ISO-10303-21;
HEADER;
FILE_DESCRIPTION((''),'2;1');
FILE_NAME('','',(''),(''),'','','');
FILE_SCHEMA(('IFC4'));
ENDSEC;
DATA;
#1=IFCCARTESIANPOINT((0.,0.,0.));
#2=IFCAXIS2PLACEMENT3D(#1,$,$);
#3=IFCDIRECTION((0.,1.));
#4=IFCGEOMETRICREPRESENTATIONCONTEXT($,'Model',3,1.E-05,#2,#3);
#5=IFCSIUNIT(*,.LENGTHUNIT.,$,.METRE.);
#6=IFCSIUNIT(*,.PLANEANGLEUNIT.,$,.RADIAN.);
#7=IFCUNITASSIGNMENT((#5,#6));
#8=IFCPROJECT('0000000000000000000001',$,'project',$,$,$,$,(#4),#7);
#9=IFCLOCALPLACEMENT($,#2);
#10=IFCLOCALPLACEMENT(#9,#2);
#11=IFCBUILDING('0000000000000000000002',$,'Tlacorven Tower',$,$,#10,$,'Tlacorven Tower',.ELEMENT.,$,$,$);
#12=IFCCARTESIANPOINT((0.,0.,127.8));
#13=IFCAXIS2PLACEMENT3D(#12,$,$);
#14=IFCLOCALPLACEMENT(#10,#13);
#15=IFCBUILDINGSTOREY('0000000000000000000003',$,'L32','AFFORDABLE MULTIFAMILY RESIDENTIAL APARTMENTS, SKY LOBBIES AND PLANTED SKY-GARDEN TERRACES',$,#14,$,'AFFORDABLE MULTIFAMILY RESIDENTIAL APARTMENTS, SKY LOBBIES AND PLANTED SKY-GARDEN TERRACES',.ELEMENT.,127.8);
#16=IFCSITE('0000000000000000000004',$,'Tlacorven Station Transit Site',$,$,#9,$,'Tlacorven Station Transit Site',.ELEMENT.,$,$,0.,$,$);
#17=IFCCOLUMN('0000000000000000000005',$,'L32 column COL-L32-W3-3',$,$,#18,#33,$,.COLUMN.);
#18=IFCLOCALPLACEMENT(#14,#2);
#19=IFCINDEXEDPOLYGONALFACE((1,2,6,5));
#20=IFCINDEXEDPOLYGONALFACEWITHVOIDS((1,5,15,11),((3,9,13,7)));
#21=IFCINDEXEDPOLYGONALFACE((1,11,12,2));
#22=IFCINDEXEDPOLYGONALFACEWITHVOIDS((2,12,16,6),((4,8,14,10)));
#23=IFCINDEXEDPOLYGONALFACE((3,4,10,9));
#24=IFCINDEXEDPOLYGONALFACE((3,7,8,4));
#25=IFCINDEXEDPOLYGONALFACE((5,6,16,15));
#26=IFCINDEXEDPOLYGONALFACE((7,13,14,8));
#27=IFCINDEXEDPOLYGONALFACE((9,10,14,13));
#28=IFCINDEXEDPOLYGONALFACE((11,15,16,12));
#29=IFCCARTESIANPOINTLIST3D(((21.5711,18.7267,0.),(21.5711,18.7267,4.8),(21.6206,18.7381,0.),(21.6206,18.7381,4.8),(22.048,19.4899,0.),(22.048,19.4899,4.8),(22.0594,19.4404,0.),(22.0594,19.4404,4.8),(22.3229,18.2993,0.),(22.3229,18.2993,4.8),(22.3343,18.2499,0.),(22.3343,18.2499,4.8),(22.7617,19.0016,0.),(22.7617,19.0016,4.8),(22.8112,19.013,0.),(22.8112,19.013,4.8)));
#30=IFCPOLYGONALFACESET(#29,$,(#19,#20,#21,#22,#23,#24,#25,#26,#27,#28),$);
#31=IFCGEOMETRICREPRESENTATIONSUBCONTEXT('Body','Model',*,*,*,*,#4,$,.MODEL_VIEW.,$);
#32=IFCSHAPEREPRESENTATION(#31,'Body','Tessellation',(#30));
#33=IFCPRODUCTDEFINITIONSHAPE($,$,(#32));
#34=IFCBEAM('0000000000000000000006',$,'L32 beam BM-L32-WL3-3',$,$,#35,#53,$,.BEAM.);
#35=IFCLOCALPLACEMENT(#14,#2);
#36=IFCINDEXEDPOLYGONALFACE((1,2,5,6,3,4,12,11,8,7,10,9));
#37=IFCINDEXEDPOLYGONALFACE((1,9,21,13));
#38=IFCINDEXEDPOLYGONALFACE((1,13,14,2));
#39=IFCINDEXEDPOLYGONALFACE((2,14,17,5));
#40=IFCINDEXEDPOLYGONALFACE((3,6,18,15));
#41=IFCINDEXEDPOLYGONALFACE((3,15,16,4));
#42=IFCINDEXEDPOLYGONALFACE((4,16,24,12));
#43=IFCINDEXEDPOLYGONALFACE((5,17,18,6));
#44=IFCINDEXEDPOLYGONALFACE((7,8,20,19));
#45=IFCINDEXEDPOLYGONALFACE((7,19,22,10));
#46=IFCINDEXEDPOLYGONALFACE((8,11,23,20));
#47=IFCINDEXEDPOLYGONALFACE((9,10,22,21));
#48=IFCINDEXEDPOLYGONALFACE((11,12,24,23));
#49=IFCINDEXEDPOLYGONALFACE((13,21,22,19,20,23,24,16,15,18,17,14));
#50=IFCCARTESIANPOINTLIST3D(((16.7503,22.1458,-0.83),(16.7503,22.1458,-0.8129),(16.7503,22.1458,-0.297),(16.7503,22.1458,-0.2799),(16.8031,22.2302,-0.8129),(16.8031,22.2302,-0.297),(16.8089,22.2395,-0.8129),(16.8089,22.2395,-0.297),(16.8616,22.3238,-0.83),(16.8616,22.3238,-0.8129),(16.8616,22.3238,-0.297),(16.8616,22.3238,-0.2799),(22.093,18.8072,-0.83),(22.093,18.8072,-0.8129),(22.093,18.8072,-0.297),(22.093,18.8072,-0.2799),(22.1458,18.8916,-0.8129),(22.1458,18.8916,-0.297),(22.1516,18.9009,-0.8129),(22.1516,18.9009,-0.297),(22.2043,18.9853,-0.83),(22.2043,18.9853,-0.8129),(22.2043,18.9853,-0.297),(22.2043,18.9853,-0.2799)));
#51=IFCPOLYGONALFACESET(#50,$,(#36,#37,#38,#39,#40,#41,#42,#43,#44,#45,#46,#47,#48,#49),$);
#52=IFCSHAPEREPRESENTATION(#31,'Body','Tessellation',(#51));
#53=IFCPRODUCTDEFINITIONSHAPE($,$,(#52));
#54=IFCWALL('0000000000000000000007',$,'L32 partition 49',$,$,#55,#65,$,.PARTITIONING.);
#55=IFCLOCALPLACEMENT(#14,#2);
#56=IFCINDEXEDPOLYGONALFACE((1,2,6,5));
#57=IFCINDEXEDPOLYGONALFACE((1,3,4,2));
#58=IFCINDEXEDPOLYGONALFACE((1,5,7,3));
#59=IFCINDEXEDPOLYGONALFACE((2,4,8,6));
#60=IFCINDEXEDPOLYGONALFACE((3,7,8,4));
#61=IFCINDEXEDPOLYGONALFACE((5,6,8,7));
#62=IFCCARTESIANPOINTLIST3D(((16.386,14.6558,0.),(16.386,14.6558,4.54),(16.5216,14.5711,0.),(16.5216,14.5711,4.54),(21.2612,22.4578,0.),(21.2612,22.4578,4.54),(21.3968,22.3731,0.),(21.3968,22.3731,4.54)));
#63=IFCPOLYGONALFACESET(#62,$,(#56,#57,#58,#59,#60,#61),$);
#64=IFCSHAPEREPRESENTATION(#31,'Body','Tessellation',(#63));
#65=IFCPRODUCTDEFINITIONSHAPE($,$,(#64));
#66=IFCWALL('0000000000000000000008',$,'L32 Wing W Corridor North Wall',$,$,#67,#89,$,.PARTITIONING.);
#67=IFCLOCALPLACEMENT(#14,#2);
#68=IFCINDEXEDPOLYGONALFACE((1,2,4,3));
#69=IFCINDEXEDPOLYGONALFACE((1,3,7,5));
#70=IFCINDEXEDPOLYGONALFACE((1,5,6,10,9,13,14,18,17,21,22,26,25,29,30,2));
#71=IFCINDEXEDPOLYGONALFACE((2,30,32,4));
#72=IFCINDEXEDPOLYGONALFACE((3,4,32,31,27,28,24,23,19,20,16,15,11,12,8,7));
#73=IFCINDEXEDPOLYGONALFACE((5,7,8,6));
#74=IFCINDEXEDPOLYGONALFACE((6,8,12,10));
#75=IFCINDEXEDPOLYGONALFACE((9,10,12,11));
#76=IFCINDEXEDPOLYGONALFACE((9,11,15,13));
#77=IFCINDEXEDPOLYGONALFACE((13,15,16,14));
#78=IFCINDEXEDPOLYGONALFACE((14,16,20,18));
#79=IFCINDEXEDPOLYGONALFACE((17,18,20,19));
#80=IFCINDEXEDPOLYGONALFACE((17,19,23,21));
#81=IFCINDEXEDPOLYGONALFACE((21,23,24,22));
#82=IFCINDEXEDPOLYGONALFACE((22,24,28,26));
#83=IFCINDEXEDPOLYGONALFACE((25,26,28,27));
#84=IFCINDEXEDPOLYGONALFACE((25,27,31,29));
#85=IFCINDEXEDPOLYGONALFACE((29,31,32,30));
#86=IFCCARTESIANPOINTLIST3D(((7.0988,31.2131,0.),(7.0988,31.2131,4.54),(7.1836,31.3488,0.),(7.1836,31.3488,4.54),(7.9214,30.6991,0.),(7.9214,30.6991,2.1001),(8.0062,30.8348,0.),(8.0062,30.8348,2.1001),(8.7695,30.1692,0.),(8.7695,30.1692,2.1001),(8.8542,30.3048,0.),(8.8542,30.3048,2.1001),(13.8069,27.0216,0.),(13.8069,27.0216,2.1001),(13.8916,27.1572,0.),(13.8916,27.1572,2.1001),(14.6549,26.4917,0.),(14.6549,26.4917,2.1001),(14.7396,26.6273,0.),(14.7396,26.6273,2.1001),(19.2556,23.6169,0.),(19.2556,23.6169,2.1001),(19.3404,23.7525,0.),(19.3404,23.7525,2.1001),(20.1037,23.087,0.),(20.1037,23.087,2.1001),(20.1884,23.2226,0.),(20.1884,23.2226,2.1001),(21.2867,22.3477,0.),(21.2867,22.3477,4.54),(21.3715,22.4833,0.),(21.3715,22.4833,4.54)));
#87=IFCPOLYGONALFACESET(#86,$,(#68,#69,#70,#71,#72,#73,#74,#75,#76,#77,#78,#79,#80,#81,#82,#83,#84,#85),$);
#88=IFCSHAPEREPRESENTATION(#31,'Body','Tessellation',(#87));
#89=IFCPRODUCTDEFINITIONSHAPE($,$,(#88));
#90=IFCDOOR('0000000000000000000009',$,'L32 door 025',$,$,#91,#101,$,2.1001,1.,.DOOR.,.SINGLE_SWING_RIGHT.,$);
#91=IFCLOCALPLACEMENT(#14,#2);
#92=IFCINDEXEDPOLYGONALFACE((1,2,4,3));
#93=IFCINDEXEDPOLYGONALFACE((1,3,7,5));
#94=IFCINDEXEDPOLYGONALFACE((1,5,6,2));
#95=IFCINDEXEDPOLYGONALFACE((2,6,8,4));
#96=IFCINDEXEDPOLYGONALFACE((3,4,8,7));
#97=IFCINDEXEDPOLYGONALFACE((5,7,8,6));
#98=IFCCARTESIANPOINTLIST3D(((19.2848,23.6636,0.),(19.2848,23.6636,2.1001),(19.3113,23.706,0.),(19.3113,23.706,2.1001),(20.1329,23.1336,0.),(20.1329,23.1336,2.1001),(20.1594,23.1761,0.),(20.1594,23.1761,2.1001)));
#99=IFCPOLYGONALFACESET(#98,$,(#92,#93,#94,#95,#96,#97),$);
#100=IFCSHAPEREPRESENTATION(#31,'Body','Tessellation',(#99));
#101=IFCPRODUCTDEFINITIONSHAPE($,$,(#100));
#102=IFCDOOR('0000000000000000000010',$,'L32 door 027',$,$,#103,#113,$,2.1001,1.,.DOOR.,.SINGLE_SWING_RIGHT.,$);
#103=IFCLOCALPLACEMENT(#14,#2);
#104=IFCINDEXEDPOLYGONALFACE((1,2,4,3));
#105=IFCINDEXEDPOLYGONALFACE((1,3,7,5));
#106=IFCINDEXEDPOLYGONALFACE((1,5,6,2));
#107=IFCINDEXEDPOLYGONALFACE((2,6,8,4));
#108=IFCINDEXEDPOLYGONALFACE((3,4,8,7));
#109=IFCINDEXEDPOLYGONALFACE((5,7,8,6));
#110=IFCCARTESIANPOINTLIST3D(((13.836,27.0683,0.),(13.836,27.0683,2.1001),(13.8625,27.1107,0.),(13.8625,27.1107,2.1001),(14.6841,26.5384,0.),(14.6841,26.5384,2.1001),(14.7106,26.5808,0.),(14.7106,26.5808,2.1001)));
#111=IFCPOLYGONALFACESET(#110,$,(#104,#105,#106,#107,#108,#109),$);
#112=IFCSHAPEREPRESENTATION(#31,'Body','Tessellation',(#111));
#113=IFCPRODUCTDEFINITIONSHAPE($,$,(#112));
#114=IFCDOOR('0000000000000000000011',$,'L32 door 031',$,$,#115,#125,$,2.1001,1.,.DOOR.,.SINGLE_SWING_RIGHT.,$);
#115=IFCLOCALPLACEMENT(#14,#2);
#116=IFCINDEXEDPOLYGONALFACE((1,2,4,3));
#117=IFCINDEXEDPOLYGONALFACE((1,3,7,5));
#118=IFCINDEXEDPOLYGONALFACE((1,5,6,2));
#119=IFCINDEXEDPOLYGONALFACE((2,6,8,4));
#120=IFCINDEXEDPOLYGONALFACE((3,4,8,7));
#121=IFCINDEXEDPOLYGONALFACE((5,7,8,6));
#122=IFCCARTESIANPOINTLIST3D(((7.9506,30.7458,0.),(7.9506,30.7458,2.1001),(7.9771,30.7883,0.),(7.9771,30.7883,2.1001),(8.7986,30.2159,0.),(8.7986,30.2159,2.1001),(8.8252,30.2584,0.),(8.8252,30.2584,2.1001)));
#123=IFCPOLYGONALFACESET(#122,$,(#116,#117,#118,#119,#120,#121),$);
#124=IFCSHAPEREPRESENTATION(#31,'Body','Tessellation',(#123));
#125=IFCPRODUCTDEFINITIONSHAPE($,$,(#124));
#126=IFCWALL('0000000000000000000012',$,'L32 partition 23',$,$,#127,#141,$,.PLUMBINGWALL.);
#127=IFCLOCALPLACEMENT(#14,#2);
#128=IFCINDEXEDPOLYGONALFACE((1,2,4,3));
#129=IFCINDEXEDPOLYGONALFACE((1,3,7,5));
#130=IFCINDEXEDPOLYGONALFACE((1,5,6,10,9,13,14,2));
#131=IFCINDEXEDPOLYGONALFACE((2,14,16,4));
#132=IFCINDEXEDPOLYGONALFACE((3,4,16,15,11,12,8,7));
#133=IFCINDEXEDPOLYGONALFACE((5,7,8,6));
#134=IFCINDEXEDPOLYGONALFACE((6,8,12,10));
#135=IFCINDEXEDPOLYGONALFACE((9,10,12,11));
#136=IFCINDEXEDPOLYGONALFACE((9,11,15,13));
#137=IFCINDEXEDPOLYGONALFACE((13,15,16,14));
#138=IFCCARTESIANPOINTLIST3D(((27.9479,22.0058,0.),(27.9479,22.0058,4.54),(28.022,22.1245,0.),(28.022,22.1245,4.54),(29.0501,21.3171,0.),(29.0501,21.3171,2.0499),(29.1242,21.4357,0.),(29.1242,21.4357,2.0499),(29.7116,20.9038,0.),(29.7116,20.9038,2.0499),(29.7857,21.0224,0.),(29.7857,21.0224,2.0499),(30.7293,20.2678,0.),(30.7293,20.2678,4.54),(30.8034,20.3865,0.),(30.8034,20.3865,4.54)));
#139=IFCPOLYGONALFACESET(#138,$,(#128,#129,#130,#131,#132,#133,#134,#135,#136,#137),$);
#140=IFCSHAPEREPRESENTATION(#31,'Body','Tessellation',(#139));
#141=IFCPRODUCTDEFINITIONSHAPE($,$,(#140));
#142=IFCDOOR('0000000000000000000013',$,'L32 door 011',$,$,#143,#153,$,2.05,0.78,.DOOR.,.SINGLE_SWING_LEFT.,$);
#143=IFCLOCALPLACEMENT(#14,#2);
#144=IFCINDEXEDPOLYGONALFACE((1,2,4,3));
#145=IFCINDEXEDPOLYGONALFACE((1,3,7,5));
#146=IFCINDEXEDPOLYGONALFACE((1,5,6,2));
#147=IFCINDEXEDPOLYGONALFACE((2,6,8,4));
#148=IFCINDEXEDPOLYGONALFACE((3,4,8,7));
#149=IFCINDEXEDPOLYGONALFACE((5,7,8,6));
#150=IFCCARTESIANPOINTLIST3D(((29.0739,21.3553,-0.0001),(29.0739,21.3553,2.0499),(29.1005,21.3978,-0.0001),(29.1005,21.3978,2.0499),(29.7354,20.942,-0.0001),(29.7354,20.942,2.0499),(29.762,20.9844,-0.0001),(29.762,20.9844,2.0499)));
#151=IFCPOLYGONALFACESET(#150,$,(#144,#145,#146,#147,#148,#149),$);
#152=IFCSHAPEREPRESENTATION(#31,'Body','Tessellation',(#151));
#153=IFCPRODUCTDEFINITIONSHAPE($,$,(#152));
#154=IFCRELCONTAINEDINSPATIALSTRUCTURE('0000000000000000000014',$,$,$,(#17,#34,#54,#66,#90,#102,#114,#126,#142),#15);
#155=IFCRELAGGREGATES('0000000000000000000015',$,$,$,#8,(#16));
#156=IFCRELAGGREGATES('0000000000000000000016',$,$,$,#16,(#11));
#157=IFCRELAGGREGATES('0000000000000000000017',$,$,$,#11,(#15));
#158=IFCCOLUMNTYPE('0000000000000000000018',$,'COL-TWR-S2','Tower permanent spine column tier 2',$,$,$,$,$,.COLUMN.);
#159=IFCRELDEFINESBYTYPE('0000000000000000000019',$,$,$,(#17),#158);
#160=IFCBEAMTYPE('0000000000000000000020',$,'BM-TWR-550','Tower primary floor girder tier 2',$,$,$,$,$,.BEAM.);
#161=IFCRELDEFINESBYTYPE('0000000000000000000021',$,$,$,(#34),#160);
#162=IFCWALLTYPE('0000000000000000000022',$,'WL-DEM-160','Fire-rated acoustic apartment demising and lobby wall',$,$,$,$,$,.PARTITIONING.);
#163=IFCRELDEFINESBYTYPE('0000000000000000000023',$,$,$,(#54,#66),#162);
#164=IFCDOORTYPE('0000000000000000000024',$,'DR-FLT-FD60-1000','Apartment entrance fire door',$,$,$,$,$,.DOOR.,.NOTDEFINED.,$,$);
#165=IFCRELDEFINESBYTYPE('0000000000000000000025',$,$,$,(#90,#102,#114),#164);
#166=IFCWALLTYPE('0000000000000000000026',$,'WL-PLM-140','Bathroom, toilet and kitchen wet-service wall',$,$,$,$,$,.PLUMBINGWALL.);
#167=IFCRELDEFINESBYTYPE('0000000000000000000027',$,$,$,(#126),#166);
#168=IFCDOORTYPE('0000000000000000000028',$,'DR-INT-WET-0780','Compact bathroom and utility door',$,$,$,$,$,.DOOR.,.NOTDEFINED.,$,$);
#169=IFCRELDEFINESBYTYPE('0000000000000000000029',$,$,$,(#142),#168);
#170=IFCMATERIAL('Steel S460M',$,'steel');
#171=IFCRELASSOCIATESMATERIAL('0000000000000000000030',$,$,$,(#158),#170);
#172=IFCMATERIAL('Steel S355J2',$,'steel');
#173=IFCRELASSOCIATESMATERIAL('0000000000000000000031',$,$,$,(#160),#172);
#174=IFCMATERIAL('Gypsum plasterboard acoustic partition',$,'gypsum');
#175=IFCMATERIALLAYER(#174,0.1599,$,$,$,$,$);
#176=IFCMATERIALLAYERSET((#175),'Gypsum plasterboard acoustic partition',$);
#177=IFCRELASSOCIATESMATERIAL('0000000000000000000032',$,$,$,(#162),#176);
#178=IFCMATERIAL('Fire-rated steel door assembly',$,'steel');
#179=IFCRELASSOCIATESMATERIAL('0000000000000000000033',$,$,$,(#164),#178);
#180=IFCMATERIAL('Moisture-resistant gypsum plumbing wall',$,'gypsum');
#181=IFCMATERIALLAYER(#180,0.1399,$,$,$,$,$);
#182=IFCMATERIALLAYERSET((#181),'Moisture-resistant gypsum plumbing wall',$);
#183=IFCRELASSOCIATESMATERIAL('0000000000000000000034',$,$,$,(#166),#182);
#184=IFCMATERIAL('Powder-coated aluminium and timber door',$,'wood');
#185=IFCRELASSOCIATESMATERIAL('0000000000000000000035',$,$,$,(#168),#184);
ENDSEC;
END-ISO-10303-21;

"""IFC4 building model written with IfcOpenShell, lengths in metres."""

from ifc_helpers import new_model, si_unit, direction, frame, frame_2d, origin, origin_2d, place, context, subcontext, project, spatial, rectangle, hollow_rectangle, i_section, extrude, source, transform, mapped, material, layer, layer_set, material_profile, profile_set, type_object, element, fill, save


model = new_model("IFC4")

# Units and contexts
model_context = context("Model", 3, precision=1e-05, world=origin(), true_north=direction((0.0, 1.0)))
body_context = subcontext(model_context, "Body", "Model", "MODEL_VIEW")
ifc_project = project(units=[si_unit("LENGTHUNIT", "METRE"), si_unit("PLANEANGLEUNIT", "RADIAN")], contexts=[model_context])

# Site, building, storey
site_placement = place(None, origin())
site = spatial("IfcSite", under=ifc_project, at=site_placement, Name="Tlacorven Station Transit Site", LongName="Tlacorven Station Transit Site", CompositionType="ELEMENT", RefElevation=0.0)
building_placement = place(site_placement, origin())
building = spatial("IfcBuilding", under=site, at=building_placement, Name="Tlacorven Tower", LongName="Tlacorven Tower", CompositionType="ELEMENT")
storey_placement = place(building_placement, frame((0.0, 0.0, 127.8)))
storey = spatial("IfcBuildingStorey", under=building, at=storey_placement, Name="L32", Description="AFFORDABLE MULTIFAMILY RESIDENTIAL APARTMENTS, SKY LOBBIES AND PLANTED SKY-GARDEN TERRACES", LongName="AFFORDABLE MULTIFAMILY RESIDENTIAL APARTMENTS, SKY LOBBIES AND PLANTED SKY-GARDEN TERRACES", CompositionType="ELEMENT", Elevation=127.8)

# Column
ifc_material_1 = material(Name="Steel S460M", Category="steel")
ifc_material_profile_1 = material_profile(ifc_material_1, hollow_rectangle(XDim=0.8999, YDim=0.8999, WallThickness=0.0359, at=origin_2d()), Name="BOX 900X900X36")
ifc_profile_set_1 = profile_set([ifc_material_profile_1], Name="Steel S460M")
column_type = type_object("IfcColumnType", Name="COL-TWR-S2", Description="Tower permanent spine column tier 2", PredefinedType="COLUMN", material=ifc_profile_set_1)
shared_shape_1 = source(origin(), body_context, "Body", "SweptSolid", [
    extrude(hollow_rectangle(XDim=0.8999, YDim=0.8999, WallThickness=0.0359, at=origin_2d()), origin(), (0.0, 0.0, 1.0), 4.8),
])
column_placement = place(storey_placement, frame((22.1912, 18.8699, 0.0), z_axis=(0.0, 0.0, 1.0), x_axis=(-0.848048, 0.529919, 0.0)))
element("IfcColumn", 1, at=column_placement, inside=storey, type_object=column_type, Name="L32 column COL-L32-W3-3", PredefinedType="COLUMN", context=body_context, shape_type="MappedRepresentation", body=[
    mapped(shared_shape_1, transform((0.0, 0.0, 0.0), scale=1.0)),
])

# Beam
ifc_material_2 = material(Name="Steel S355J2", Category="steel")
ifc_material_profile_2 = material_profile(ifc_material_2, i_section(OverallWidth=0.21, OverallDepth=0.55, WebThickness=0.011, FlangeThickness=0.0171, at=origin_2d()), Name="IPE 550")
ifc_profile_set_2 = profile_set([ifc_material_profile_2], Name="Steel S355J2")
beam_type = type_object("IfcBeamType", Name="BM-TWR-550", Description="Tower primary floor girder tier 2", PredefinedType="BEAM", material=ifc_profile_set_2)
shared_shape_2 = source(origin(), body_context, "Body", "SweptSolid", [
    extrude(i_section(OverallWidth=0.21, OverallDepth=0.55, WebThickness=0.011, FlangeThickness=0.0171, at=origin_2d()), origin(), (0.0, 0.0, 1.0), 6.3),
])
beam_placement = place(storey_placement, frame((22.1487, 18.8962, -0.5549), z_axis=(-0.848042, 0.529929, 0.0), x_axis=(-0.529929, -0.848042, 0.0)))
element("IfcBeam", 2, at=beam_placement, inside=storey, type_object=beam_type, Name="L32 beam BM-L32-WL3-3", PredefinedType="BEAM", context=body_context, shape_type="MappedRepresentation", body=[
    mapped(shared_shape_2, transform((0.0, 0.0, 0.0), scale=1.0)),
])

# Wall
ifc_material_3 = material(Name="Gypsum plasterboard acoustic partition", Category="gypsum")
ifc_layer_1 = layer(ifc_material_3, 0.1599)
ifc_layer_set_1 = layer_set([ifc_layer_1], Name="Gypsum plasterboard acoustic partition")
wall_type_1 = type_object("IfcWallType", Name="WL-DEM-160", Description="Fire-rated acoustic apartment demising and lobby wall", PredefinedType="PARTITIONING", material=ifc_layer_set_1)
wall_1_placement = place(storey_placement, frame((21.3291, 22.4155, 0.0), z_axis=(0.0, 0.0, 1.0), x_axis=(-0.52992, -0.848047, 0.0)))
element("IfcWall", 3, at=wall_1_placement, inside=storey, type_object=wall_type_1, Name="L32 partition 49", PredefinedType="PARTITIONING", context=body_context, shape_type="SweptSolid", body=[
    extrude(rectangle(XDim=9.2, YDim=0.1599, at=frame_2d((4.6001, 0.0))), origin(), (0.0, 0.0, 1.0), 4.54),
])

# Wall, openings, doors
wall_2_placement = place(storey_placement, frame((21.3291, 22.4155, 0.0), z_axis=(0.0, 0.0, 1.0), x_axis=(-0.848052, 0.529912, 0.0)))
wall_2 = element("IfcWall", 4, at=wall_2_placement, inside=storey, type_object=wall_type_1, Name="L32 Wing W Corridor North Wall", PredefinedType="PARTITIONING", context=body_context, shape_type="SweptSolid", body=[
    extrude(rectangle(XDim=16.73, YDim=0.1599, at=frame_2d((8.365, 0.0))), origin(), (0.0, 0.0, 1.0), 4.54),
])
opening_1_placement = place(wall_2_placement, frame((1.395, 0.0, 0.0)))
opening_1 = element("IfcOpeningElement", 5, at=opening_1_placement, cuts=wall_2, PredefinedType="OPENING", context=body_context, shape_type="SweptSolid", body=[
    extrude(rectangle(XDim=1.0, YDim=2.1001, at=frame_2d((0.5, 1.05))), frame((0.0, 0.0898, 0.0), z_axis=(0.0, -1.0, 0.0), x_axis=(1.0, 0.0, 0.0)), (0.0, 0.0, 1.0), 0.1799),
])
opening_2_placement = place(wall_2_placement, frame((7.8201, 0.0, 0.0)))
opening_2 = element("IfcOpeningElement", 6, at=opening_2_placement, cuts=wall_2, PredefinedType="OPENING", context=body_context, shape_type="SweptSolid", body=[
    extrude(rectangle(XDim=1.0, YDim=2.1001, at=frame_2d((0.5, 1.05))), frame((0.0, 0.0898, 0.0), z_axis=(0.0, -1.0, 0.0), x_axis=(1.0, 0.0, 0.0)), (0.0, 0.0, 1.0), 0.1799),
])
opening_3_placement = place(wall_2_placement, frame((14.76, 0.0, 0.0)))
opening_3 = element("IfcOpeningElement", 7, at=opening_3_placement, cuts=wall_2, PredefinedType="OPENING", context=body_context, shape_type="SweptSolid", body=[
    extrude(rectangle(XDim=1.0, YDim=2.1001, at=frame_2d((0.5, 1.05))), frame((0.0, 0.0898, 0.0), z_axis=(0.0, -1.0, 0.0), x_axis=(1.0, 0.0, 0.0)), (0.0, 0.0, 1.0), 0.1799),
])
ifc_material_4 = material(Name="Fire-rated steel door assembly", Category="steel")
door_type_1 = type_object("IfcDoorType", Name="DR-FLT-FD60-1000", Description="Apartment entrance fire door", OperationType="NOTDEFINED", PredefinedType="DOOR", material=ifc_material_4)
shared_shape_3 = source(origin(), body_context, "Body", "SweptSolid", [
    extrude(rectangle(XDim=1.0, YDim=2.1001, at=frame_2d((0.5, 1.05))), frame((0.0, 0.0249, 0.0), z_axis=(0.0, -1.0, 0.0), x_axis=(1.0, 0.0, 0.0)), (0.0, 0.0, 1.0), 0.05),
])
door_1_placement = place(opening_1_placement, origin())
door_1 = element("IfcDoor", 8, at=door_1_placement, inside=storey, type_object=door_type_1, Name="L32 door 025", OperationType="SINGLE_SWING_RIGHT", OverallHeight=2.1001, OverallWidth=1.0, PredefinedType="DOOR", context=body_context, shape_type="MappedRepresentation", body=[
    mapped(shared_shape_3, transform((0.0, 0.0, 0.0), scale=1.0)),
])
fill(opening_1, door_1)
door_2_placement = place(opening_2_placement, origin())
door_2 = element("IfcDoor", 9, at=door_2_placement, inside=storey, type_object=door_type_1, Name="L32 door 027", OperationType="SINGLE_SWING_RIGHT", OverallHeight=2.1001, OverallWidth=1.0, PredefinedType="DOOR", context=body_context, shape_type="MappedRepresentation", body=[
    mapped(shared_shape_3, transform((0.0, 0.0, 0.0), scale=1.0)),
])
fill(opening_2, door_2)
door_3_placement = place(opening_3_placement, origin())
door_3 = element("IfcDoor", 10, at=door_3_placement, inside=storey, type_object=door_type_1, Name="L32 door 031", OperationType="SINGLE_SWING_RIGHT", OverallHeight=2.1001, OverallWidth=1.0, PredefinedType="DOOR", context=body_context, shape_type="MappedRepresentation", body=[
    mapped(shared_shape_3, transform((0.0, 0.0, 0.0), scale=1.0)),
])
fill(opening_3, door_3)

# Wall, opening, door
ifc_material_5 = material(Name="Moisture-resistant gypsum plumbing wall", Category="gypsum")
ifc_layer_2 = layer(ifc_material_5, 0.1399)
ifc_layer_set_2 = layer_set([ifc_layer_2], Name="Moisture-resistant gypsum plumbing wall")
wall_type_2 = type_object("IfcWallType", Name="WL-PLM-140", Description="Bathroom, toilet and kitchen wet-service wall", PredefinedType="PLUMBINGWALL", material=ifc_layer_set_2)
wall_3_placement = place(storey_placement, frame((30.7664, 20.3271, 0.0), z_axis=(0.0, 0.0, 1.0), x_axis=(-0.848053, 0.529912, 0.0)))
wall_3 = element("IfcWall", 11, at=wall_3_placement, inside=storey, type_object=wall_type_2, Name="L32 partition 23", PredefinedType="PLUMBINGWALL", context=body_context, shape_type="SweptSolid", body=[
    extrude(rectangle(XDim=3.2798, YDim=0.1399, at=frame_2d((1.6399, 0.0))), origin(), (0.0, 0.0, 1.0), 4.54),
])
opening_4_placement = place(wall_3_placement, frame((1.2, 0.0, 0.0)))
opening_4 = element("IfcOpeningElement", 12, at=opening_4_placement, cuts=wall_3, PredefinedType="OPENING", context=body_context, shape_type="SweptSolid", body=[
    extrude(rectangle(XDim=0.78, YDim=2.05, at=frame_2d((0.3901, 1.0249))), frame((0.0, 0.0801, 0.0), z_axis=(0.0, -1.0, 0.0), x_axis=(1.0, 0.0, 0.0)), (0.0, 0.0, 1.0), 0.1599),
])
ifc_material_6 = material(Name="Powder-coated aluminium and timber door", Category="wood")
door_type_2 = type_object("IfcDoorType", Name="DR-INT-WET-0780", Description="Compact bathroom and utility door", OperationType="NOTDEFINED", PredefinedType="DOOR", material=ifc_material_6)
shared_shape_4 = source(origin(), body_context, "Body", "SweptSolid", [
    extrude(rectangle(XDim=0.78, YDim=2.05, at=frame_2d((0.3901, 1.0249))), frame((0.0, 0.0249, 0.0), z_axis=(0.0, -1.0, 0.0), x_axis=(1.0, 0.0, 0.0)), (0.0, 0.0, 1.0), 0.05),
])
door_4_placement = place(opening_4_placement, origin())
door_4 = element("IfcDoor", 13, at=door_4_placement, inside=storey, type_object=door_type_2, Name="L32 door 011", OperationType="SINGLE_SWING_LEFT", OverallHeight=2.05, OverallWidth=0.78, PredefinedType="DOOR", context=body_context, shape_type="MappedRepresentation", body=[
    mapped(shared_shape_4, transform((0.0, 0.0, 0.0), scale=1.0)),
])
fill(opening_4, door_4)

save(model, "model.ifc")
